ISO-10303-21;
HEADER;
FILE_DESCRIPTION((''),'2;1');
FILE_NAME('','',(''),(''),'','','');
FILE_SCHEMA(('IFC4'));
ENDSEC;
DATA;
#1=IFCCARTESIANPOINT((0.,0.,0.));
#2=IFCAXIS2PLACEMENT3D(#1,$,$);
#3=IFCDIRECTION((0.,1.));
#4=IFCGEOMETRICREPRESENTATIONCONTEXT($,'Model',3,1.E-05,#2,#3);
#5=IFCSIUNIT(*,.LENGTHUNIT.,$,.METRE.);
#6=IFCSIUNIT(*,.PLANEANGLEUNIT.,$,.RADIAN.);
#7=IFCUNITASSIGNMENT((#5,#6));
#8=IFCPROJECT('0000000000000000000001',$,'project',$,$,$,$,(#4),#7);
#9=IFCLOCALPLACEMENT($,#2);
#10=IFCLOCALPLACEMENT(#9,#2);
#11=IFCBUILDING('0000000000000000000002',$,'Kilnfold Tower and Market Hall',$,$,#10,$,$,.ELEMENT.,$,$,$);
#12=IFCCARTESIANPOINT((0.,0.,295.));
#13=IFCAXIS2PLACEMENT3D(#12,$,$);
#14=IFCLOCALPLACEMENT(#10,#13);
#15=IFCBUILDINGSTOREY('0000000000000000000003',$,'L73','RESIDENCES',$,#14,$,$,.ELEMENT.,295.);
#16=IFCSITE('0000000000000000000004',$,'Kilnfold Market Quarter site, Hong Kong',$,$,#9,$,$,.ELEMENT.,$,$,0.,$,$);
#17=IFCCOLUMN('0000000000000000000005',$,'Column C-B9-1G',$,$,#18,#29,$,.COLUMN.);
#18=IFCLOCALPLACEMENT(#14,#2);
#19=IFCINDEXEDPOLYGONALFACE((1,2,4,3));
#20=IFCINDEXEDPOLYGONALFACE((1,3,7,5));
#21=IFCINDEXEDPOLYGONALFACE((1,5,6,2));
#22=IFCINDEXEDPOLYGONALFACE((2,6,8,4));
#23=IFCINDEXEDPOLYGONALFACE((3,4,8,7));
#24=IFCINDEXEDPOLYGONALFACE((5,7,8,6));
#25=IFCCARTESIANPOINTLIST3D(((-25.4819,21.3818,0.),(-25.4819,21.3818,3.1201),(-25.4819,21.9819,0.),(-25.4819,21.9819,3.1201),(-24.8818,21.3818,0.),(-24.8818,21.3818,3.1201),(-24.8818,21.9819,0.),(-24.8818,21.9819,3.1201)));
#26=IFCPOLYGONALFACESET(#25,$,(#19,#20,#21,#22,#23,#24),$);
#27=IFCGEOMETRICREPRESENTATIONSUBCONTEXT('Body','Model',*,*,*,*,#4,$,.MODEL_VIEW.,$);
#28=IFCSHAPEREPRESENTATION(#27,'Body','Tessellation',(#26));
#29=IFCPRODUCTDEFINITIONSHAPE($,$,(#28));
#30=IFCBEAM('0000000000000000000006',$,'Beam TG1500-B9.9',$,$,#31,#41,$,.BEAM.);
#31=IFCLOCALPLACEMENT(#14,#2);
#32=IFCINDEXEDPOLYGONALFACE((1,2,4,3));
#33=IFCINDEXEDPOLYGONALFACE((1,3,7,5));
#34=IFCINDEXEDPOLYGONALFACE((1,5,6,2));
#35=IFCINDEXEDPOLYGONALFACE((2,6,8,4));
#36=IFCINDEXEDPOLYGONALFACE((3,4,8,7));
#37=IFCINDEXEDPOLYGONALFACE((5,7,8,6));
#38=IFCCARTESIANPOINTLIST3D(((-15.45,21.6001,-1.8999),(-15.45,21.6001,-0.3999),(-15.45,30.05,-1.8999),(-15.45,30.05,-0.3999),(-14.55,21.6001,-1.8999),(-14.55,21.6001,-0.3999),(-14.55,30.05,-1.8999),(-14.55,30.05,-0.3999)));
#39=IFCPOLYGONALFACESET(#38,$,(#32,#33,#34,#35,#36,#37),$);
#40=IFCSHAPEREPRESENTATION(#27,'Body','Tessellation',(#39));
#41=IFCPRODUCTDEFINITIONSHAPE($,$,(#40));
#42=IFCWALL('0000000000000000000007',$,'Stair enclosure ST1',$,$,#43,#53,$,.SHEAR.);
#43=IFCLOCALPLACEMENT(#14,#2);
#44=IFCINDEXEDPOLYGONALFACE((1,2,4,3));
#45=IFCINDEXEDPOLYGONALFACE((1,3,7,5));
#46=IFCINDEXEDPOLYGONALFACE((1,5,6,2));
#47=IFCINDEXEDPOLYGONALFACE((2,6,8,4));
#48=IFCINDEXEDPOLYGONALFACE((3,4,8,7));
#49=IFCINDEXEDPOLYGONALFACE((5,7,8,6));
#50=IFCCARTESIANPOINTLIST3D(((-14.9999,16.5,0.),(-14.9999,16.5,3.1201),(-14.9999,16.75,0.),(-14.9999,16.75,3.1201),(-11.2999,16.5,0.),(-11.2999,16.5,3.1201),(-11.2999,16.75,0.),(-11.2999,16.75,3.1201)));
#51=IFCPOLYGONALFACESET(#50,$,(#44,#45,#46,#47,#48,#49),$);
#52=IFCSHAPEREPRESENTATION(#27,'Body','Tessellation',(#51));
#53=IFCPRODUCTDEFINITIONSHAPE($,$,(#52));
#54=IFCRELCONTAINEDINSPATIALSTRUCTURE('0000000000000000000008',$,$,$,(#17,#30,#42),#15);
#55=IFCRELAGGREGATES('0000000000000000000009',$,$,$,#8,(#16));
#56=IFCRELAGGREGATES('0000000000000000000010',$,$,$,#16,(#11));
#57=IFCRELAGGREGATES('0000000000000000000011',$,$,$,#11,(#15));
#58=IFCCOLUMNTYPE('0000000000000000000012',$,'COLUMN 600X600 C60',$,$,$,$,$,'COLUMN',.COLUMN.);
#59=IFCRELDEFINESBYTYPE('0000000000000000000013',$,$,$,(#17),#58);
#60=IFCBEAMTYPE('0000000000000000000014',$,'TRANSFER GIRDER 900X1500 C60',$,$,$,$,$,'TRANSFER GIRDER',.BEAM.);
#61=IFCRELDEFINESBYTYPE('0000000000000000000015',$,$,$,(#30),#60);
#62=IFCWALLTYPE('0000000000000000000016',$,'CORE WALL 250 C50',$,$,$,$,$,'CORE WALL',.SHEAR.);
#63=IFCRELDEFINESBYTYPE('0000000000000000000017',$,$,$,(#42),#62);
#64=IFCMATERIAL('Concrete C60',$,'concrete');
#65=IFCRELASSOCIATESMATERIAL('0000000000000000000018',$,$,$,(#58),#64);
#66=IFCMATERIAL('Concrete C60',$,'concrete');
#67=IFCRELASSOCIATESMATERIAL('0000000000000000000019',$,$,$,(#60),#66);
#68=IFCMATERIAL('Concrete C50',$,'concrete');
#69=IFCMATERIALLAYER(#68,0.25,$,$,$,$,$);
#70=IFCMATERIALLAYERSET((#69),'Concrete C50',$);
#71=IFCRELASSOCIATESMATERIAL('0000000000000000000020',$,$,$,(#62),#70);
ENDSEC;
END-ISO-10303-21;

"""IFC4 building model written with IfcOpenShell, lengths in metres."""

from ifc_helpers import new_model, si_unit, direction, frame, frame_2d, origin, origin_2d, place, context, subcontext, project, spatial, rectangle, extrude, source, transform, mapped, material, layer, layer_set, material_profile, profile_set, type_object, element, save


model = new_model("IFC4")

# Units and contexts
model_context = context("Model", 3, precision=1e-05, world=origin(), true_north=direction((0.0, 1.0)))
body_context = subcontext(model_context, "Body", "Model", "MODEL_VIEW")
ifc_project = project(units=[si_unit("LENGTHUNIT", "METRE"), si_unit("PLANEANGLEUNIT", "RADIAN")], contexts=[model_context])

# Site, building, storey
site_placement = place(None, origin())
site = spatial("IfcSite", under=ifc_project, at=site_placement, Name="Kilnfold Market Quarter site, Hong Kong", CompositionType="ELEMENT", RefElevation=0.0)
building_placement = place(site_placement, origin())
building = spatial("IfcBuilding", under=site, at=building_placement, Name="Kilnfold Tower and Market Hall", CompositionType="ELEMENT")
storey_placement = place(building_placement, frame((0.0, 0.0, 295.0)))
storey = spatial("IfcBuildingStorey", under=building, at=storey_placement, Name="L73", Description="RESIDENCES", CompositionType="ELEMENT", Elevation=295.0)

# Column
ifc_material_1 = material(Name="Concrete C60", Category="concrete")
ifc_material_profile_1 = material_profile(ifc_material_1, rectangle(XDim=0.6001, YDim=0.6001, at=origin_2d()), Name="RC 600x600")
ifc_profile_set_1 = profile_set([ifc_material_profile_1], Name="Concrete C60")
column_type = type_object("IfcColumnType", Name="COLUMN 600X600 C60", ElementType="COLUMN", PredefinedType="COLUMN", material=ifc_profile_set_1)
shared_shape_1 = source(origin(), body_context, "Body", "SweptSolid", [
    extrude(rectangle(XDim=0.6001, YDim=0.6001, at=origin_2d()), origin(), (0.0, 0.0, 1.0), 3.1201),
])
column_placement = place(storey_placement, frame((-25.1819, 21.6819, 0.0), z_axis=(0.0, 0.0, 1.0), x_axis=(1.0, 0.0, 0.0)))
element("IfcColumn", 1, at=column_placement, inside=storey, type_object=column_type, Name="Column C-B9-1G", PredefinedType="COLUMN", context=body_context, shape_type="MappedRepresentation", body=[
    mapped(shared_shape_1, transform((0.0, 0.0, 0.0))),
])

# Beam
ifc_material_2 = material(Name="Concrete C60", Category="concrete")
ifc_material_profile_2 = material_profile(ifc_material_2, rectangle(XDim=0.8999, YDim=1.5, at=origin_2d()), Name="RC 900x1500")
ifc_profile_set_2 = profile_set([ifc_material_profile_2], Name="Concrete C60")
beam_type = type_object("IfcBeamType", Name="TRANSFER GIRDER 900X1500 C60", ElementType="TRANSFER GIRDER", PredefinedType="BEAM", material=ifc_profile_set_2)
shared_shape_2 = source(origin(), body_context, "Body", "SweptSolid", [
    extrude(rectangle(XDim=0.8999, YDim=1.5, at=origin_2d()), origin(), (0.0, 0.0, 1.0), 8.45),
])
beam_placement = place(storey_placement, frame((-15.0, 21.6001, -1.1499), z_axis=(0.0, 1.0, 0.0), x_axis=(-1.0, 0.0, 0.0)))
element("IfcBeam", 2, at=beam_placement, inside=storey, type_object=beam_type, Name="Beam TG1500-B9.9", PredefinedType="BEAM", context=body_context, shape_type="MappedRepresentation", body=[
    mapped(shared_shape_2, transform((0.0, 0.0, 0.0))),
])

# Wall
ifc_material_3 = material(Name="Concrete C50", Category="concrete")
ifc_layer_1 = layer(ifc_material_3, 0.25)
ifc_layer_set_1 = layer_set([ifc_layer_1], Name="Concrete C50")
wall_type_1 = type_object("IfcWallType", Name="CORE WALL 250 C50", ElementType="CORE WALL", PredefinedType="SHEAR", material=ifc_layer_set_1)
shared_shape_3 = source(origin(), body_context, "Body", "SweptSolid", [
    extrude(rectangle(XDim=3.7, YDim=0.25, at=frame_2d((1.8501, 0.0))), origin(), (0.0, 0.0, 1.0), 3.1201),
])
wall_1_placement = place(storey_placement, frame((-15.0, 16.625, 0.0), z_axis=(0.0, 0.0, 1.0), x_axis=(1.0, 0.0, 0.0)))
element("IfcWall", 3, at=wall_1_placement, inside=storey, type_object=wall_type_1, Name="Stair enclosure ST1", PredefinedType="SHEAR", context=body_context, shape_type="MappedRepresentation", body=[
    mapped(shared_shape_3, transform((0.0, 0.0, 0.0))),
])

save(model, "model.ifc")
